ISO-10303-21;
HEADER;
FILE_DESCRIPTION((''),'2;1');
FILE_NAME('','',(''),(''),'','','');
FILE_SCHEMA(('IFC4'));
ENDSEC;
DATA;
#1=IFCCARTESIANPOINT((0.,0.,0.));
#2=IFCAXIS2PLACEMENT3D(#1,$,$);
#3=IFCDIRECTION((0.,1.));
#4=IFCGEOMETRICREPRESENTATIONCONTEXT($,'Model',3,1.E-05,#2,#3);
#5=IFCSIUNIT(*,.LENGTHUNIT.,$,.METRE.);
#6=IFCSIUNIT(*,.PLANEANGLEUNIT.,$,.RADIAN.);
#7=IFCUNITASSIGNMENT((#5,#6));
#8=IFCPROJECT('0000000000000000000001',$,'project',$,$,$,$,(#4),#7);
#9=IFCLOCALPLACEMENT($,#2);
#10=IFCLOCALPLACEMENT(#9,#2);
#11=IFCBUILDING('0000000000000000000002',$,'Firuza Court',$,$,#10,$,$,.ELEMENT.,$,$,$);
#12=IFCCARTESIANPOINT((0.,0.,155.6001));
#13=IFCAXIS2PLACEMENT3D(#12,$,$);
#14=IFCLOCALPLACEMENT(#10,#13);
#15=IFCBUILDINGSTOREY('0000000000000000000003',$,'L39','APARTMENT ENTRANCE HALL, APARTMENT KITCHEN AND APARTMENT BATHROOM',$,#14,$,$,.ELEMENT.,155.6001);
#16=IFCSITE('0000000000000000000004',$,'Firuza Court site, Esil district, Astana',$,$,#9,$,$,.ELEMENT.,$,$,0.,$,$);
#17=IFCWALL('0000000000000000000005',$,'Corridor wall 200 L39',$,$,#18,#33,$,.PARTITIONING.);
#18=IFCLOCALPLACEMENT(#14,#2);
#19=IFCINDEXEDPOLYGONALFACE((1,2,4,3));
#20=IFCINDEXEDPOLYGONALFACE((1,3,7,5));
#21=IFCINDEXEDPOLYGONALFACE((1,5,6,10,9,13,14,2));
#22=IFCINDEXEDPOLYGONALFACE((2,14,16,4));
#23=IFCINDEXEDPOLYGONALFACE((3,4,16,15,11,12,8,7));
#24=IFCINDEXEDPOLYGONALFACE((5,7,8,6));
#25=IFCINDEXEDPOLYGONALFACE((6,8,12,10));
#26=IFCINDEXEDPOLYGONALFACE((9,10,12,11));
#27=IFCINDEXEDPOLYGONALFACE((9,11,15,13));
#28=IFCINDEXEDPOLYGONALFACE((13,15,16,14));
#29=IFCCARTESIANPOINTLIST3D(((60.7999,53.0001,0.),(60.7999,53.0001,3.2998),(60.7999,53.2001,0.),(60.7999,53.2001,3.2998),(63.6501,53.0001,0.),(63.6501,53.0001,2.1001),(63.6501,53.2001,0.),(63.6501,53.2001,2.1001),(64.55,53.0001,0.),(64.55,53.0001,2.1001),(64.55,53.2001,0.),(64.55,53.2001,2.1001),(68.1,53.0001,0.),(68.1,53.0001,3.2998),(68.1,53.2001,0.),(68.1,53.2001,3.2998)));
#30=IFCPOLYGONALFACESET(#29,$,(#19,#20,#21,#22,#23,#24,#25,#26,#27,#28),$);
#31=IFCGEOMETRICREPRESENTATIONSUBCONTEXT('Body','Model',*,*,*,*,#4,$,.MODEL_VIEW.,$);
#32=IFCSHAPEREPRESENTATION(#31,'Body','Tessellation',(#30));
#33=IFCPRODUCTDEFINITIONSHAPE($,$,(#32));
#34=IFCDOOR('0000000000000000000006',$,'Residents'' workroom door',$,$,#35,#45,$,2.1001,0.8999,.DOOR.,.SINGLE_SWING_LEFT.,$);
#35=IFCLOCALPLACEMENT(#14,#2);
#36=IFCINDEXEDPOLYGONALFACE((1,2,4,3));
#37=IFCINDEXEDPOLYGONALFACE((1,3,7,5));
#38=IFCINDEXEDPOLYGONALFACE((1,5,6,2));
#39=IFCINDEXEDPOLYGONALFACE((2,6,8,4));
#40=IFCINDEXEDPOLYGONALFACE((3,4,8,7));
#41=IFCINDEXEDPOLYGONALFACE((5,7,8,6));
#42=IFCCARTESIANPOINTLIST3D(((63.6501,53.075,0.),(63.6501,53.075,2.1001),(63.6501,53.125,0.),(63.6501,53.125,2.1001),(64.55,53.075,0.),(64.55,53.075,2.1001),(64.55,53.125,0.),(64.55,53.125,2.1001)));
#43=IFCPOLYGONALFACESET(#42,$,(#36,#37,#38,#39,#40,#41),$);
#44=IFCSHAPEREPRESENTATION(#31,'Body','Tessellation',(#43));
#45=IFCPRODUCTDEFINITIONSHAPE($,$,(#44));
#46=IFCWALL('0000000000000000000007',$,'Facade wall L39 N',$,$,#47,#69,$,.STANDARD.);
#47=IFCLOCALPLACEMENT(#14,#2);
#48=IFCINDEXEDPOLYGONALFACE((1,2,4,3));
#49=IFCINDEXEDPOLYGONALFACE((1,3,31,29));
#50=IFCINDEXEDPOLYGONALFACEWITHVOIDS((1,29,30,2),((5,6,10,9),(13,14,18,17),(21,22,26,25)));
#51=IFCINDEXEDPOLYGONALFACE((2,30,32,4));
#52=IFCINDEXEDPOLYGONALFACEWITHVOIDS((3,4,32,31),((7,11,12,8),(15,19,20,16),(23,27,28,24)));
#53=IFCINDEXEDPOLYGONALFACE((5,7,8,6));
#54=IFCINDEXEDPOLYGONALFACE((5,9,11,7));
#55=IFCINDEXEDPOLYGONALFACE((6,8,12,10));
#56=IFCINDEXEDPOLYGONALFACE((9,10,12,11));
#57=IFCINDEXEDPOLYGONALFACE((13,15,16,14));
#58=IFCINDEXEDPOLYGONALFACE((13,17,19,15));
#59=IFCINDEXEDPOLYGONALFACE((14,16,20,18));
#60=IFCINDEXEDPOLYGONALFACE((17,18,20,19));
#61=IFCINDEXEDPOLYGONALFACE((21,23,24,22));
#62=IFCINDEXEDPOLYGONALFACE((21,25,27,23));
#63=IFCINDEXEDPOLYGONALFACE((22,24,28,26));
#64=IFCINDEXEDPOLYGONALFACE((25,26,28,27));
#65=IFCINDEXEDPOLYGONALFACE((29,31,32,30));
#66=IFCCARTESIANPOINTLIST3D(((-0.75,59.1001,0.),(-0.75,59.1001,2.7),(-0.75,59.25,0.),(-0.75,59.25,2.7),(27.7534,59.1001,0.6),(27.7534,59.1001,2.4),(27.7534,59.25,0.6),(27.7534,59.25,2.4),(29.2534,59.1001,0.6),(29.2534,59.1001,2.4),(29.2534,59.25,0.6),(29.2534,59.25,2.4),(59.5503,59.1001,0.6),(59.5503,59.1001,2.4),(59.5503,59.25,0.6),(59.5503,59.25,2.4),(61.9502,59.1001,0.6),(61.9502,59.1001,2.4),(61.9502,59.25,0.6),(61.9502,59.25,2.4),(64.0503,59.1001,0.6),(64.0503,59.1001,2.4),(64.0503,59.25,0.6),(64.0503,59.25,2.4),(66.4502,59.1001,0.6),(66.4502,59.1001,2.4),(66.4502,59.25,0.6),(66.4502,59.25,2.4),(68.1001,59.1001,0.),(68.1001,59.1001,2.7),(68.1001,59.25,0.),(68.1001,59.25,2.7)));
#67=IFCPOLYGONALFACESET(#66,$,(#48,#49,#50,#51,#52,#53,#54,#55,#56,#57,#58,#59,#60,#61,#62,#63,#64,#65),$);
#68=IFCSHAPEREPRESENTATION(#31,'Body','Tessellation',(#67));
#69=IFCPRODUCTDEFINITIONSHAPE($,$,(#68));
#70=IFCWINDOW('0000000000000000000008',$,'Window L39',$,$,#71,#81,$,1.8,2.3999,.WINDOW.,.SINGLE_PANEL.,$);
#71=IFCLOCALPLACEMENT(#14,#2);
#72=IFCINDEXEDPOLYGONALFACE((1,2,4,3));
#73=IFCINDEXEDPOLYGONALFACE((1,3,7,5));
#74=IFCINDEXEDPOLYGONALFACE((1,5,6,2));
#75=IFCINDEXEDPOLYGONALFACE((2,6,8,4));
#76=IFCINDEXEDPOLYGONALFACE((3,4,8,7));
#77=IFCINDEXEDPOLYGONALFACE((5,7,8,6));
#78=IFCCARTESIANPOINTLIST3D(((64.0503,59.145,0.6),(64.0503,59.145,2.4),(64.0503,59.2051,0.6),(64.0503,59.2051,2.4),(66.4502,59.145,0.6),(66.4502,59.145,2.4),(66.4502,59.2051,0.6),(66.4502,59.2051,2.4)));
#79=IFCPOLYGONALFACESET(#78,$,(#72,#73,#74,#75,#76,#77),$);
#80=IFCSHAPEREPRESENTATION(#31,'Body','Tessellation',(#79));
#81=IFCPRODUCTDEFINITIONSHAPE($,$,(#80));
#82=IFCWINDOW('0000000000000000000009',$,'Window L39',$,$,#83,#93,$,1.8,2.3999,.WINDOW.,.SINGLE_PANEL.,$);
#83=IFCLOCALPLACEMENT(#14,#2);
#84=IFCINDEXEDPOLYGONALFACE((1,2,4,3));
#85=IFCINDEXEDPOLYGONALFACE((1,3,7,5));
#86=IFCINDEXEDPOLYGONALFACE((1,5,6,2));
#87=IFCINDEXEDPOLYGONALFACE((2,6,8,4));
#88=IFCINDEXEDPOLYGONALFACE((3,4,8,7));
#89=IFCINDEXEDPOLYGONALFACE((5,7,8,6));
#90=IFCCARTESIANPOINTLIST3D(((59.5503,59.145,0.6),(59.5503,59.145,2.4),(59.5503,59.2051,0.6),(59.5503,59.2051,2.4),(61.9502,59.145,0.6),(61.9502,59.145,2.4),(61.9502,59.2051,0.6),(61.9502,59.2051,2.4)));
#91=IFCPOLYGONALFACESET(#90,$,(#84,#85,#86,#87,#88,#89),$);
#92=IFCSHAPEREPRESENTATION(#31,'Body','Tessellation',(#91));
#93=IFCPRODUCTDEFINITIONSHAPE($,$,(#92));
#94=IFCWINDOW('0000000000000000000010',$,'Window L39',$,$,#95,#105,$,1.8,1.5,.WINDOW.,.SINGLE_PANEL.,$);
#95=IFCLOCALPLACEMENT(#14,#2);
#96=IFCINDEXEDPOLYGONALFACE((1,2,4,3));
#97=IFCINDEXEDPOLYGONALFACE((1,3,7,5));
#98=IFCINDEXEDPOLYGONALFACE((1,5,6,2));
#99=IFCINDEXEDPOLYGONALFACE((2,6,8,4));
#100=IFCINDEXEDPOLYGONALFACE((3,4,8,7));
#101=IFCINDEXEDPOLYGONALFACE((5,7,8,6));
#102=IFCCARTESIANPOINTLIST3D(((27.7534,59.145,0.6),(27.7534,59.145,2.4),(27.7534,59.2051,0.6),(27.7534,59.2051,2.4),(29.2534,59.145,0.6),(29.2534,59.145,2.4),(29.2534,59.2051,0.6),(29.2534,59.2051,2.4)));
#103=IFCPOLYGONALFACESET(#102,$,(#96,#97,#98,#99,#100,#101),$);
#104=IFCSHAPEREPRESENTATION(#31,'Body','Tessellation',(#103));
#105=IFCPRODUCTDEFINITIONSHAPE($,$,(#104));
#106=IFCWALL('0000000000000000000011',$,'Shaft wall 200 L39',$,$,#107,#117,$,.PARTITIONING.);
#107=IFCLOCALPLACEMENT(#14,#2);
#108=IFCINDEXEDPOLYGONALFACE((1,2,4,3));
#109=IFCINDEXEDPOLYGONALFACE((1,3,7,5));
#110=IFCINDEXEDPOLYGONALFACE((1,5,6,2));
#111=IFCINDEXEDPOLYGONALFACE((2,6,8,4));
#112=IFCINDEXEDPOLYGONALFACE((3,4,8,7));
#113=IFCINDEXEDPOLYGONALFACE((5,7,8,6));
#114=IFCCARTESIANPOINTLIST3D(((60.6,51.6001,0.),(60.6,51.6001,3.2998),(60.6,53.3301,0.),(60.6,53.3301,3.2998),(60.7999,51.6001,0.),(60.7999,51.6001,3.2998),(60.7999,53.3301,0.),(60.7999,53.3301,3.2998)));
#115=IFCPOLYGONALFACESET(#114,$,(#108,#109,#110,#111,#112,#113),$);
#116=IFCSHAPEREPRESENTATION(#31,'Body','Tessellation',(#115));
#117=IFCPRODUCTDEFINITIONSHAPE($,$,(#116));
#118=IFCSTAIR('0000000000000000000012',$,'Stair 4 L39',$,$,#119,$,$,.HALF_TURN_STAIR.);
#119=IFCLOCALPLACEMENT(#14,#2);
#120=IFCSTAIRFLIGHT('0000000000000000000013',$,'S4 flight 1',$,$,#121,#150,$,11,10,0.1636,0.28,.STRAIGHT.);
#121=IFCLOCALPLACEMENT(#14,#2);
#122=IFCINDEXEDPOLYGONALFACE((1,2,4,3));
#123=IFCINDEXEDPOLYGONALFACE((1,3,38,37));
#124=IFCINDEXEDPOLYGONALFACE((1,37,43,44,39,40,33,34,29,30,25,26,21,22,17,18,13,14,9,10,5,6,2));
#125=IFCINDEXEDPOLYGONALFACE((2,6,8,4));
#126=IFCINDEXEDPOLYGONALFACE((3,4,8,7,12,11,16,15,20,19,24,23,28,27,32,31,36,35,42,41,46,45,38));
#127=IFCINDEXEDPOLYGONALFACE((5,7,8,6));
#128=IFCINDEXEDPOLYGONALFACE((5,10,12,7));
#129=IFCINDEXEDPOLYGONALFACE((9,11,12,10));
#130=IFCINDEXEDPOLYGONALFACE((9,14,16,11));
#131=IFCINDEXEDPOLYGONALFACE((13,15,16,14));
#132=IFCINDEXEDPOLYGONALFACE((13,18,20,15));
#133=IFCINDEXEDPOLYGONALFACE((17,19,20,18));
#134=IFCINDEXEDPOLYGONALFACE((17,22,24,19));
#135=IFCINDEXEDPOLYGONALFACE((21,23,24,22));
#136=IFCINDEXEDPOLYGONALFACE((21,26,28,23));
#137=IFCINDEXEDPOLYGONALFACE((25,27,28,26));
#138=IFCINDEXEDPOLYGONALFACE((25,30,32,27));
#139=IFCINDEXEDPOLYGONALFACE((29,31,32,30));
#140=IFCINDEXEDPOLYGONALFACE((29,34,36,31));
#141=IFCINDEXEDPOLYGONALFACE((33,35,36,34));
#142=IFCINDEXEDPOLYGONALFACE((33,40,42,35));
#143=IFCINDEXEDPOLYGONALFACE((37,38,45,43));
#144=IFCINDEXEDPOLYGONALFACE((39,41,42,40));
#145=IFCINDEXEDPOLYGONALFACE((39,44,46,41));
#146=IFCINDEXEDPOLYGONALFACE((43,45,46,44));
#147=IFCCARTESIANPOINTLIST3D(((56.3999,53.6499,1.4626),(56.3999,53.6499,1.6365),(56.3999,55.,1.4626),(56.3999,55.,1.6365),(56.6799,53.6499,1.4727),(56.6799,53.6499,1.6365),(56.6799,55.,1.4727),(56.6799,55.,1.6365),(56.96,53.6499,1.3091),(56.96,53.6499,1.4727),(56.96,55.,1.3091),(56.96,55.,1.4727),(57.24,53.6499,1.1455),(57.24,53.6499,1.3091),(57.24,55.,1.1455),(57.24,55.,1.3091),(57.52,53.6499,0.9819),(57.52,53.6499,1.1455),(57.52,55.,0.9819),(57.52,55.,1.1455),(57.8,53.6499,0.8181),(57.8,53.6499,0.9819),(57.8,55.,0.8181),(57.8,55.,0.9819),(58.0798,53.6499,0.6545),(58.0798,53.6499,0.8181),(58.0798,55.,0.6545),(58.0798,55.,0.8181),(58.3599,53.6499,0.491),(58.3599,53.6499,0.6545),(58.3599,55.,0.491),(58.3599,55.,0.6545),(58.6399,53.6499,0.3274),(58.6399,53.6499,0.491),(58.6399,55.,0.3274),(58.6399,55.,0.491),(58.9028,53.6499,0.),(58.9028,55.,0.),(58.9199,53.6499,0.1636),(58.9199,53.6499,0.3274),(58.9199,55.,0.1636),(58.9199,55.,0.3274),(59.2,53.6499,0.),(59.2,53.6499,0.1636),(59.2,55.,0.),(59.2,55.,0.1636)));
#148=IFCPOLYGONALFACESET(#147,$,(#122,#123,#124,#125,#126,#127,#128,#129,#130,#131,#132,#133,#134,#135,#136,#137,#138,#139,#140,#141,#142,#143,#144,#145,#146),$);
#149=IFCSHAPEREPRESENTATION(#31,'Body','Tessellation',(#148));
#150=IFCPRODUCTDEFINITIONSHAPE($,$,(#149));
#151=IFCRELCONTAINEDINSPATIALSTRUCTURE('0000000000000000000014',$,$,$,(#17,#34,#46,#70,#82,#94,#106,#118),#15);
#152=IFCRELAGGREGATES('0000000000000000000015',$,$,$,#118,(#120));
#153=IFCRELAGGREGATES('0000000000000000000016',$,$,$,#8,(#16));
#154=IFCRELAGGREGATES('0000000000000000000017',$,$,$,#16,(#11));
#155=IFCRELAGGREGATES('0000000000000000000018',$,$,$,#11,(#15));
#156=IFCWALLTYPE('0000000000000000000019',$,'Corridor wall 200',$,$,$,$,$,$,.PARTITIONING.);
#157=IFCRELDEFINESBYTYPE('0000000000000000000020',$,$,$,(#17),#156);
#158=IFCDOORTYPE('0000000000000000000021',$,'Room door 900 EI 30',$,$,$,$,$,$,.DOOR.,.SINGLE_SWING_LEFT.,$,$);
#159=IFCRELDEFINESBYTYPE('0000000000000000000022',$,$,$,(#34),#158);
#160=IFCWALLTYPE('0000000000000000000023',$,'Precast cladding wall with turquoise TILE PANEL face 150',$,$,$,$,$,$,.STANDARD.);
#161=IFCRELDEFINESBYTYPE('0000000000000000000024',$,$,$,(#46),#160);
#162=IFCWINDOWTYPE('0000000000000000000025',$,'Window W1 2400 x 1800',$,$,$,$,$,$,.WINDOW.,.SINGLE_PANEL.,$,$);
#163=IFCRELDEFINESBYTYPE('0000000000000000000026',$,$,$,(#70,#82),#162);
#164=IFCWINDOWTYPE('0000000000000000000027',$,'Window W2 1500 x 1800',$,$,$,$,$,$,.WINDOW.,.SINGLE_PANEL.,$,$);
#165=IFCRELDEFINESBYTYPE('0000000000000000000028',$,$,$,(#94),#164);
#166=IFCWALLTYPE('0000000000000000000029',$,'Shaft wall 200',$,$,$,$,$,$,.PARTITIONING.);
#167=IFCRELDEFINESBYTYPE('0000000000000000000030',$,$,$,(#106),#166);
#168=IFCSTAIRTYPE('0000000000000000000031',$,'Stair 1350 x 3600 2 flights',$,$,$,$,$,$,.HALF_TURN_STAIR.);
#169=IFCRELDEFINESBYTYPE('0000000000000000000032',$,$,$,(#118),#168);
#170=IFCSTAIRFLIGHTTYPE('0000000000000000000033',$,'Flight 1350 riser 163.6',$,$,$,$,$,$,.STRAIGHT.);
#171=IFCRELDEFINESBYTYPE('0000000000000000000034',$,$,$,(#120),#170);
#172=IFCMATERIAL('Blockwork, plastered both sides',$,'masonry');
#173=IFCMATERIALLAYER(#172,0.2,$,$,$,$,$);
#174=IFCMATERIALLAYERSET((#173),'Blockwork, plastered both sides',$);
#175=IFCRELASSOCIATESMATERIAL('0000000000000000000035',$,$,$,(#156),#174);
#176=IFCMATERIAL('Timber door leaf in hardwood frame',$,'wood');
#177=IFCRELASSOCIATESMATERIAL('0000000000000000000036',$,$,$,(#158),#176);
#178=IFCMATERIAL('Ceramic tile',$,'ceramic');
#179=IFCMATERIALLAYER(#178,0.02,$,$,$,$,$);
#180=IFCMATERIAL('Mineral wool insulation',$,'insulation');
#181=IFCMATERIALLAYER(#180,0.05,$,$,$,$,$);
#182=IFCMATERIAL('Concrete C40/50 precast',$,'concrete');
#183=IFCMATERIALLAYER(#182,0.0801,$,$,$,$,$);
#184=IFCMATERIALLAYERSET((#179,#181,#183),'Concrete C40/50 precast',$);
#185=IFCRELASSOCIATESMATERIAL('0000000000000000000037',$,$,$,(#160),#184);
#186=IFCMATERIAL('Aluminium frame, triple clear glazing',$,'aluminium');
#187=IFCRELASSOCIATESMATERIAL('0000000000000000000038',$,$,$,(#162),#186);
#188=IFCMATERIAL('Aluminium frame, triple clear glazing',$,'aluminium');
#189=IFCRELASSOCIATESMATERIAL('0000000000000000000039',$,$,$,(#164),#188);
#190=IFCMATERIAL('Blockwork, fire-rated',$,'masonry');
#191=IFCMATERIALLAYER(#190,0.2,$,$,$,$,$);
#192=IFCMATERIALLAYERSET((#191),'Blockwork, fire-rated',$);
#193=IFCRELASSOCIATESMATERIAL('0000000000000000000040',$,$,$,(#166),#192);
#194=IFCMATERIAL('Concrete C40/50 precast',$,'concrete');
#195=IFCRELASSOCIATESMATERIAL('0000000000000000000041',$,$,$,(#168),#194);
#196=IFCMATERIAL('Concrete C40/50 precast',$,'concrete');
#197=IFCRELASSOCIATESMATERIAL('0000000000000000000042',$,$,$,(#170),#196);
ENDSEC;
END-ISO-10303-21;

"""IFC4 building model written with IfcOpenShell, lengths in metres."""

from ifc_helpers import new_model, si_unit, direction, frame, frame_2d, origin, place, context, subcontext, project, spatial, polyline, rectangle, outline, extrude, material, layer, layer_set, type_object, element, fill, aggregate, save


model = new_model("IFC4")

# Units and contexts
model_context = context("Model", 3, precision=1e-05, world=origin(), true_north=direction((0.0, 1.0)))
body_context = subcontext(model_context, "Body", "Model", "MODEL_VIEW")
ifc_project = project(units=[si_unit("LENGTHUNIT", "METRE"), si_unit("PLANEANGLEUNIT", "RADIAN")], contexts=[model_context])

# Site, building, storey
site_placement = place(None, origin())
site = spatial("IfcSite", under=ifc_project, at=site_placement, Name="Firuza Court site, Esil district, Astana", CompositionType="ELEMENT", RefElevation=0.0)
building_placement = place(site_placement, origin())
building = spatial("IfcBuilding", under=site, at=building_placement, Name="Firuza Court", CompositionType="ELEMENT")
storey_placement = place(building_placement, frame((0.0, 0.0, 155.6001)))
storey = spatial("IfcBuildingStorey", under=building, at=storey_placement, Name="L39", Description="APARTMENT ENTRANCE HALL, APARTMENT KITCHEN AND APARTMENT BATHROOM", CompositionType="ELEMENT", Elevation=155.6001)

# Wall, opening, door
ifc_material_1 = material(Name="Blockwork, plastered both sides", Category="masonry")
ifc_layer_1 = layer(ifc_material_1, 0.2)
ifc_layer_set_1 = layer_set([ifc_layer_1], Name="Blockwork, plastered both sides")
wall_type_1 = type_object("IfcWallType", Name="Corridor wall 200", PredefinedType="PARTITIONING", material=ifc_layer_set_1)
wall_1_placement = place(storey_placement, frame((60.8, 53.1001, 0.0), z_axis=(0.0, 0.0, 1.0), x_axis=(1.0, 0.0, 0.0)))
wall_1 = element("IfcWall", 1, at=wall_1_placement, inside=storey, type_object=wall_type_1, Name="Corridor wall 200 L39", PredefinedType="PARTITIONING", context=body_context, shape_type="SweptSolid", body=[
    extrude(rectangle(XDim=7.3, YDim=0.2, at=frame_2d((3.6499, 0.0))), origin(), (0.0, 0.0, 1.0), 3.2998),
])
opening_1_placement = place(wall_1_placement, frame((2.8501, 0.0, 0.0)))
opening_1 = element("IfcOpeningElement", 2, at=opening_1_placement, cuts=wall_1, PredefinedType="OPENING", context=body_context, shape_type="SweptSolid", body=[
    extrude(rectangle(XDim=0.8999, YDim=2.1001, at=frame_2d((0.45, 1.05))), frame((0.0, 0.1118, 0.0), z_axis=(0.0, -1.0, 0.0), x_axis=(1.0, 0.0, 0.0)), (0.0, 0.0, 1.0), 0.2239),
])
ifc_material_2 = material(Name="Timber door leaf in hardwood frame", Category="wood")
door_type_1 = type_object("IfcDoorType", Name="Room door 900 EI 30", OperationType="SINGLE_SWING_LEFT", PredefinedType="DOOR", material=ifc_material_2)
door_1_placement = place(opening_1_placement, origin())
door_1 = element("IfcDoor", 3, at=door_1_placement, inside=storey, type_object=door_type_1, Name="Residents' workroom door", OperationType="SINGLE_SWING_LEFT", OverallHeight=2.1001, OverallWidth=0.8999, PredefinedType="DOOR", context=body_context, shape_type="SweptSolid", body=[
    extrude(rectangle(XDim=0.8999, YDim=2.1001, at=frame_2d((0.45, 1.05))), frame((0.0, 0.0249, 0.0), z_axis=(0.0, -1.0, 0.0), x_axis=(1.0, 0.0, 0.0)), (0.0, 0.0, 1.0), 0.05),
])
fill(opening_1, door_1)

# Wall, openings, windows
ifc_material_3 = material(Name="Ceramic tile", Category="ceramic")
ifc_layer_2 = layer(ifc_material_3, 0.02)
ifc_material_4 = material(Name="Mineral wool insulation", Category="insulation")
ifc_layer_3 = layer(ifc_material_4, 0.05)
ifc_material_5 = material(Name="Concrete C40/50 precast", Category="concrete")
ifc_layer_4 = layer(ifc_material_5, 0.0801)
ifc_layer_set_2 = layer_set([ifc_layer_2, ifc_layer_3, ifc_layer_4], Name="Concrete C40/50 precast")
wall_type_2 = type_object("IfcWallType", Name="Precast cladding wall with turquoise TILE PANEL face 150", PredefinedType="STANDARD", material=ifc_layer_set_2)
wall_2_placement = place(storey_placement, frame((68.1001, 59.175, 0.0), z_axis=(0.0, 0.0, 1.0), x_axis=(-1.0, 0.0, 0.0)))
wall_2 = element("IfcWall", 4, at=wall_2_placement, inside=storey, type_object=wall_type_2, Name="Facade wall L39 N", PredefinedType="STANDARD", context=body_context, shape_type="SweptSolid", body=[
    extrude(rectangle(XDim=68.8501, YDim=0.1499, at=frame_2d((34.425, 0.0))), origin(), (0.0, 0.0, 1.0), 2.7),
])
opening_2_placement = place(wall_2_placement, frame((1.6499, 0.0, 0.6001)))
opening_2 = element("IfcOpeningElement", 5, at=opening_2_placement, cuts=wall_2, PredefinedType="OPENING", context=body_context, shape_type="SweptSolid", body=[
    extrude(rectangle(XDim=2.3999, YDim=1.8, at=frame_2d((1.2, 0.8999))), frame((0.0, 0.0869, 0.0), z_axis=(0.0, -1.0, 0.0), x_axis=(1.0, 0.0, 0.0)), (0.0, 0.0, 1.0), 0.1738),
])
opening_3_placement = place(wall_2_placement, frame((6.1499, 0.0, 0.6001)))
opening_3 = element("IfcOpeningElement", 6, at=opening_3_placement, cuts=wall_2, PredefinedType="OPENING", context=body_context, shape_type="SweptSolid", body=[
    extrude(rectangle(XDim=2.3999, YDim=1.8, at=frame_2d((1.2, 0.8999))), frame((0.0, 0.0869, 0.0), z_axis=(0.0, -1.0, 0.0), x_axis=(1.0, 0.0, 0.0)), (0.0, 0.0, 1.0), 0.1738),
])
opening_4_placement = place(wall_2_placement, frame((38.8467, 0.0, 0.6001)))
opening_4 = element("IfcOpeningElement", 7, at=opening_4_placement, cuts=wall_2, PredefinedType="OPENING", context=body_context, shape_type="SweptSolid", body=[
    extrude(rectangle(XDim=1.5, YDim=1.8, at=frame_2d((0.75, 0.8999))), frame((0.0, 0.0869, 0.0), z_axis=(0.0, -1.0, 0.0), x_axis=(1.0, 0.0, 0.0)), (0.0, 0.0, 1.0), 0.1738),
])
ifc_material_6 = material(Name="Aluminium frame, triple clear glazing", Category="aluminium")
window_type_1 = type_object("IfcWindowType", Name="Window W1 2400 x 1800", PartitioningType="SINGLE_PANEL", PredefinedType="WINDOW", material=ifc_material_6)
window_1_placement = place(opening_2_placement, origin())
window_1 = element("IfcWindow", 8, at=window_1_placement, inside=storey, type_object=window_type_1, Name="Window L39", OverallHeight=1.8, OverallWidth=2.3999, PartitioningType="SINGLE_PANEL", PredefinedType="WINDOW", context=body_context, shape_type="SweptSolid", body=[
    extrude(rectangle(XDim=2.3999, YDim=1.8, at=frame_2d((1.2, 0.8999))), frame((0.0, 0.03, 0.0), z_axis=(0.0, -1.0, 0.0), x_axis=(1.0, 0.0, 0.0)), (0.0, 0.0, 1.0), 0.0601),
])
fill(opening_2, window_1)
window_2_placement = place(opening_3_placement, origin())
window_2 = element("IfcWindow", 9, at=window_2_placement, inside=storey, type_object=window_type_1, Name="Window L39", OverallHeight=1.8, OverallWidth=2.3999, PartitioningType="SINGLE_PANEL", PredefinedType="WINDOW", context=body_context, shape_type="SweptSolid", body=[
    extrude(rectangle(XDim=2.3999, YDim=1.8, at=frame_2d((1.2, 0.8999))), frame((0.0, 0.03, 0.0), z_axis=(0.0, -1.0, 0.0), x_axis=(1.0, 0.0, 0.0)), (0.0, 0.0, 1.0), 0.0601),
])
fill(opening_3, window_2)
ifc_material_7 = material(Name="Aluminium frame, triple clear glazing", Category="aluminium")
window_type_2 = type_object("IfcWindowType", Name="Window W2 1500 x 1800", PartitioningType="SINGLE_PANEL", PredefinedType="WINDOW", material=ifc_material_7)
window_3_placement = place(opening_4_placement, origin())
window_3 = element("IfcWindow", 10, at=window_3_placement, inside=storey, type_object=window_type_2, Name="Window L39", OverallHeight=1.8, OverallWidth=1.5, PartitioningType="SINGLE_PANEL", PredefinedType="WINDOW", context=body_context, shape_type="SweptSolid", body=[
    extrude(rectangle(XDim=1.5, YDim=1.8, at=frame_2d((0.75, 0.8999))), frame((0.0, 0.03, 0.0), z_axis=(0.0, -1.0, 0.0), x_axis=(1.0, 0.0, 0.0)), (0.0, 0.0, 1.0), 0.0601),
])
fill(opening_4, window_3)

# Wall
ifc_material_8 = material(Name="Blockwork, fire-rated", Category="masonry")
ifc_layer_5 = layer(ifc_material_8, 0.2)
ifc_layer_set_3 = layer_set([ifc_layer_5], Name="Blockwork, fire-rated")
wall_type_3 = type_object("IfcWallType", Name="Shaft wall 200", PredefinedType="PARTITIONING", material=ifc_layer_set_3)
wall_3_placement = place(storey_placement, frame((60.7, 51.6001, 0.0), z_axis=(0.0, 0.0, 1.0), x_axis=(0.0, 1.0, 0.0)))
element("IfcWall", 11, at=wall_3_placement, inside=storey, type_object=wall_type_3, Name="Shaft wall 200 L39", PredefinedType="PARTITIONING", context=body_context, shape_type="SweptSolid", body=[
    extrude(rectangle(XDim=1.73, YDim=0.2, at=frame_2d((0.865, 0.0))), origin(), (0.0, 0.0, 1.0), 3.2998),
])

# Stair, stair flight
ifc_material_9 = material(Name="Concrete C40/50 precast", Category="concrete")
stair_type = type_object("IfcStairType", Name="Stair 1350 x 3600 2 flights", PredefinedType="HALF_TURN_STAIR", material=ifc_material_9)
stair_placement = place(storey_placement, origin())
stair = element("IfcStair", 12, at=stair_placement, inside=storey, type_object=stair_type, Name="Stair 4 L39", PredefinedType="HALF_TURN_STAIR")
ifc_material_10 = material(Name="Concrete C40/50 precast", Category="concrete")
stair_flight_type = type_object("IfcStairFlightType", Name="Flight 1350 riser 163.6", PredefinedType="STRAIGHT", material=ifc_material_10)
stair_flight_1_placement = place(storey_placement, frame((59.2, 54.325, 0.0), z_axis=(0.0, 0.0, 1.0), x_axis=(-1.0, 0.0, 0.0)))
stair_flight_1 = element("IfcStairFlight", 13, at=stair_flight_1_placement, type_object=stair_flight_type, Name="S4 flight 1", NumberOfRisers=11, NumberOfTreads=10, PredefinedType="STRAIGHT", RiserHeight=0.1636, TreadLength=0.28, context=body_context, shape_type="SweptSolid", body=[
    extrude(outline(polyline([(0.0, 0.0), (0.0, 0.1636), (0.28, 0.1636), (0.28, 0.3274), (0.5601, 0.3274), (0.5601, 0.491), (0.8401, 0.491), (0.8401, 0.6545), (1.1201, 0.6545), (1.1201, 0.8181), (1.3999, 0.8181), (1.3999, 0.9819), (1.6799, 0.9819), (1.6799, 1.1455), (1.96, 1.1455), (1.96, 1.3091), (2.24, 1.3091), (2.24, 1.4727), (2.52, 1.4727), (2.52, 1.6365), (2.8, 1.6365), (2.8, 1.8), (2.8, 1.4626), (0.2971, 0.0), (0.0, 0.0)])), frame((0.0, 0.675, 0.0), z_axis=(0.0, -1.0, 0.0), x_axis=(1.0, 0.0, 0.0)), (0.0, 0.0, 1.0), 1.3501),
])
aggregate(stair, [stair_flight_1])

save(model, "model.ifc")
